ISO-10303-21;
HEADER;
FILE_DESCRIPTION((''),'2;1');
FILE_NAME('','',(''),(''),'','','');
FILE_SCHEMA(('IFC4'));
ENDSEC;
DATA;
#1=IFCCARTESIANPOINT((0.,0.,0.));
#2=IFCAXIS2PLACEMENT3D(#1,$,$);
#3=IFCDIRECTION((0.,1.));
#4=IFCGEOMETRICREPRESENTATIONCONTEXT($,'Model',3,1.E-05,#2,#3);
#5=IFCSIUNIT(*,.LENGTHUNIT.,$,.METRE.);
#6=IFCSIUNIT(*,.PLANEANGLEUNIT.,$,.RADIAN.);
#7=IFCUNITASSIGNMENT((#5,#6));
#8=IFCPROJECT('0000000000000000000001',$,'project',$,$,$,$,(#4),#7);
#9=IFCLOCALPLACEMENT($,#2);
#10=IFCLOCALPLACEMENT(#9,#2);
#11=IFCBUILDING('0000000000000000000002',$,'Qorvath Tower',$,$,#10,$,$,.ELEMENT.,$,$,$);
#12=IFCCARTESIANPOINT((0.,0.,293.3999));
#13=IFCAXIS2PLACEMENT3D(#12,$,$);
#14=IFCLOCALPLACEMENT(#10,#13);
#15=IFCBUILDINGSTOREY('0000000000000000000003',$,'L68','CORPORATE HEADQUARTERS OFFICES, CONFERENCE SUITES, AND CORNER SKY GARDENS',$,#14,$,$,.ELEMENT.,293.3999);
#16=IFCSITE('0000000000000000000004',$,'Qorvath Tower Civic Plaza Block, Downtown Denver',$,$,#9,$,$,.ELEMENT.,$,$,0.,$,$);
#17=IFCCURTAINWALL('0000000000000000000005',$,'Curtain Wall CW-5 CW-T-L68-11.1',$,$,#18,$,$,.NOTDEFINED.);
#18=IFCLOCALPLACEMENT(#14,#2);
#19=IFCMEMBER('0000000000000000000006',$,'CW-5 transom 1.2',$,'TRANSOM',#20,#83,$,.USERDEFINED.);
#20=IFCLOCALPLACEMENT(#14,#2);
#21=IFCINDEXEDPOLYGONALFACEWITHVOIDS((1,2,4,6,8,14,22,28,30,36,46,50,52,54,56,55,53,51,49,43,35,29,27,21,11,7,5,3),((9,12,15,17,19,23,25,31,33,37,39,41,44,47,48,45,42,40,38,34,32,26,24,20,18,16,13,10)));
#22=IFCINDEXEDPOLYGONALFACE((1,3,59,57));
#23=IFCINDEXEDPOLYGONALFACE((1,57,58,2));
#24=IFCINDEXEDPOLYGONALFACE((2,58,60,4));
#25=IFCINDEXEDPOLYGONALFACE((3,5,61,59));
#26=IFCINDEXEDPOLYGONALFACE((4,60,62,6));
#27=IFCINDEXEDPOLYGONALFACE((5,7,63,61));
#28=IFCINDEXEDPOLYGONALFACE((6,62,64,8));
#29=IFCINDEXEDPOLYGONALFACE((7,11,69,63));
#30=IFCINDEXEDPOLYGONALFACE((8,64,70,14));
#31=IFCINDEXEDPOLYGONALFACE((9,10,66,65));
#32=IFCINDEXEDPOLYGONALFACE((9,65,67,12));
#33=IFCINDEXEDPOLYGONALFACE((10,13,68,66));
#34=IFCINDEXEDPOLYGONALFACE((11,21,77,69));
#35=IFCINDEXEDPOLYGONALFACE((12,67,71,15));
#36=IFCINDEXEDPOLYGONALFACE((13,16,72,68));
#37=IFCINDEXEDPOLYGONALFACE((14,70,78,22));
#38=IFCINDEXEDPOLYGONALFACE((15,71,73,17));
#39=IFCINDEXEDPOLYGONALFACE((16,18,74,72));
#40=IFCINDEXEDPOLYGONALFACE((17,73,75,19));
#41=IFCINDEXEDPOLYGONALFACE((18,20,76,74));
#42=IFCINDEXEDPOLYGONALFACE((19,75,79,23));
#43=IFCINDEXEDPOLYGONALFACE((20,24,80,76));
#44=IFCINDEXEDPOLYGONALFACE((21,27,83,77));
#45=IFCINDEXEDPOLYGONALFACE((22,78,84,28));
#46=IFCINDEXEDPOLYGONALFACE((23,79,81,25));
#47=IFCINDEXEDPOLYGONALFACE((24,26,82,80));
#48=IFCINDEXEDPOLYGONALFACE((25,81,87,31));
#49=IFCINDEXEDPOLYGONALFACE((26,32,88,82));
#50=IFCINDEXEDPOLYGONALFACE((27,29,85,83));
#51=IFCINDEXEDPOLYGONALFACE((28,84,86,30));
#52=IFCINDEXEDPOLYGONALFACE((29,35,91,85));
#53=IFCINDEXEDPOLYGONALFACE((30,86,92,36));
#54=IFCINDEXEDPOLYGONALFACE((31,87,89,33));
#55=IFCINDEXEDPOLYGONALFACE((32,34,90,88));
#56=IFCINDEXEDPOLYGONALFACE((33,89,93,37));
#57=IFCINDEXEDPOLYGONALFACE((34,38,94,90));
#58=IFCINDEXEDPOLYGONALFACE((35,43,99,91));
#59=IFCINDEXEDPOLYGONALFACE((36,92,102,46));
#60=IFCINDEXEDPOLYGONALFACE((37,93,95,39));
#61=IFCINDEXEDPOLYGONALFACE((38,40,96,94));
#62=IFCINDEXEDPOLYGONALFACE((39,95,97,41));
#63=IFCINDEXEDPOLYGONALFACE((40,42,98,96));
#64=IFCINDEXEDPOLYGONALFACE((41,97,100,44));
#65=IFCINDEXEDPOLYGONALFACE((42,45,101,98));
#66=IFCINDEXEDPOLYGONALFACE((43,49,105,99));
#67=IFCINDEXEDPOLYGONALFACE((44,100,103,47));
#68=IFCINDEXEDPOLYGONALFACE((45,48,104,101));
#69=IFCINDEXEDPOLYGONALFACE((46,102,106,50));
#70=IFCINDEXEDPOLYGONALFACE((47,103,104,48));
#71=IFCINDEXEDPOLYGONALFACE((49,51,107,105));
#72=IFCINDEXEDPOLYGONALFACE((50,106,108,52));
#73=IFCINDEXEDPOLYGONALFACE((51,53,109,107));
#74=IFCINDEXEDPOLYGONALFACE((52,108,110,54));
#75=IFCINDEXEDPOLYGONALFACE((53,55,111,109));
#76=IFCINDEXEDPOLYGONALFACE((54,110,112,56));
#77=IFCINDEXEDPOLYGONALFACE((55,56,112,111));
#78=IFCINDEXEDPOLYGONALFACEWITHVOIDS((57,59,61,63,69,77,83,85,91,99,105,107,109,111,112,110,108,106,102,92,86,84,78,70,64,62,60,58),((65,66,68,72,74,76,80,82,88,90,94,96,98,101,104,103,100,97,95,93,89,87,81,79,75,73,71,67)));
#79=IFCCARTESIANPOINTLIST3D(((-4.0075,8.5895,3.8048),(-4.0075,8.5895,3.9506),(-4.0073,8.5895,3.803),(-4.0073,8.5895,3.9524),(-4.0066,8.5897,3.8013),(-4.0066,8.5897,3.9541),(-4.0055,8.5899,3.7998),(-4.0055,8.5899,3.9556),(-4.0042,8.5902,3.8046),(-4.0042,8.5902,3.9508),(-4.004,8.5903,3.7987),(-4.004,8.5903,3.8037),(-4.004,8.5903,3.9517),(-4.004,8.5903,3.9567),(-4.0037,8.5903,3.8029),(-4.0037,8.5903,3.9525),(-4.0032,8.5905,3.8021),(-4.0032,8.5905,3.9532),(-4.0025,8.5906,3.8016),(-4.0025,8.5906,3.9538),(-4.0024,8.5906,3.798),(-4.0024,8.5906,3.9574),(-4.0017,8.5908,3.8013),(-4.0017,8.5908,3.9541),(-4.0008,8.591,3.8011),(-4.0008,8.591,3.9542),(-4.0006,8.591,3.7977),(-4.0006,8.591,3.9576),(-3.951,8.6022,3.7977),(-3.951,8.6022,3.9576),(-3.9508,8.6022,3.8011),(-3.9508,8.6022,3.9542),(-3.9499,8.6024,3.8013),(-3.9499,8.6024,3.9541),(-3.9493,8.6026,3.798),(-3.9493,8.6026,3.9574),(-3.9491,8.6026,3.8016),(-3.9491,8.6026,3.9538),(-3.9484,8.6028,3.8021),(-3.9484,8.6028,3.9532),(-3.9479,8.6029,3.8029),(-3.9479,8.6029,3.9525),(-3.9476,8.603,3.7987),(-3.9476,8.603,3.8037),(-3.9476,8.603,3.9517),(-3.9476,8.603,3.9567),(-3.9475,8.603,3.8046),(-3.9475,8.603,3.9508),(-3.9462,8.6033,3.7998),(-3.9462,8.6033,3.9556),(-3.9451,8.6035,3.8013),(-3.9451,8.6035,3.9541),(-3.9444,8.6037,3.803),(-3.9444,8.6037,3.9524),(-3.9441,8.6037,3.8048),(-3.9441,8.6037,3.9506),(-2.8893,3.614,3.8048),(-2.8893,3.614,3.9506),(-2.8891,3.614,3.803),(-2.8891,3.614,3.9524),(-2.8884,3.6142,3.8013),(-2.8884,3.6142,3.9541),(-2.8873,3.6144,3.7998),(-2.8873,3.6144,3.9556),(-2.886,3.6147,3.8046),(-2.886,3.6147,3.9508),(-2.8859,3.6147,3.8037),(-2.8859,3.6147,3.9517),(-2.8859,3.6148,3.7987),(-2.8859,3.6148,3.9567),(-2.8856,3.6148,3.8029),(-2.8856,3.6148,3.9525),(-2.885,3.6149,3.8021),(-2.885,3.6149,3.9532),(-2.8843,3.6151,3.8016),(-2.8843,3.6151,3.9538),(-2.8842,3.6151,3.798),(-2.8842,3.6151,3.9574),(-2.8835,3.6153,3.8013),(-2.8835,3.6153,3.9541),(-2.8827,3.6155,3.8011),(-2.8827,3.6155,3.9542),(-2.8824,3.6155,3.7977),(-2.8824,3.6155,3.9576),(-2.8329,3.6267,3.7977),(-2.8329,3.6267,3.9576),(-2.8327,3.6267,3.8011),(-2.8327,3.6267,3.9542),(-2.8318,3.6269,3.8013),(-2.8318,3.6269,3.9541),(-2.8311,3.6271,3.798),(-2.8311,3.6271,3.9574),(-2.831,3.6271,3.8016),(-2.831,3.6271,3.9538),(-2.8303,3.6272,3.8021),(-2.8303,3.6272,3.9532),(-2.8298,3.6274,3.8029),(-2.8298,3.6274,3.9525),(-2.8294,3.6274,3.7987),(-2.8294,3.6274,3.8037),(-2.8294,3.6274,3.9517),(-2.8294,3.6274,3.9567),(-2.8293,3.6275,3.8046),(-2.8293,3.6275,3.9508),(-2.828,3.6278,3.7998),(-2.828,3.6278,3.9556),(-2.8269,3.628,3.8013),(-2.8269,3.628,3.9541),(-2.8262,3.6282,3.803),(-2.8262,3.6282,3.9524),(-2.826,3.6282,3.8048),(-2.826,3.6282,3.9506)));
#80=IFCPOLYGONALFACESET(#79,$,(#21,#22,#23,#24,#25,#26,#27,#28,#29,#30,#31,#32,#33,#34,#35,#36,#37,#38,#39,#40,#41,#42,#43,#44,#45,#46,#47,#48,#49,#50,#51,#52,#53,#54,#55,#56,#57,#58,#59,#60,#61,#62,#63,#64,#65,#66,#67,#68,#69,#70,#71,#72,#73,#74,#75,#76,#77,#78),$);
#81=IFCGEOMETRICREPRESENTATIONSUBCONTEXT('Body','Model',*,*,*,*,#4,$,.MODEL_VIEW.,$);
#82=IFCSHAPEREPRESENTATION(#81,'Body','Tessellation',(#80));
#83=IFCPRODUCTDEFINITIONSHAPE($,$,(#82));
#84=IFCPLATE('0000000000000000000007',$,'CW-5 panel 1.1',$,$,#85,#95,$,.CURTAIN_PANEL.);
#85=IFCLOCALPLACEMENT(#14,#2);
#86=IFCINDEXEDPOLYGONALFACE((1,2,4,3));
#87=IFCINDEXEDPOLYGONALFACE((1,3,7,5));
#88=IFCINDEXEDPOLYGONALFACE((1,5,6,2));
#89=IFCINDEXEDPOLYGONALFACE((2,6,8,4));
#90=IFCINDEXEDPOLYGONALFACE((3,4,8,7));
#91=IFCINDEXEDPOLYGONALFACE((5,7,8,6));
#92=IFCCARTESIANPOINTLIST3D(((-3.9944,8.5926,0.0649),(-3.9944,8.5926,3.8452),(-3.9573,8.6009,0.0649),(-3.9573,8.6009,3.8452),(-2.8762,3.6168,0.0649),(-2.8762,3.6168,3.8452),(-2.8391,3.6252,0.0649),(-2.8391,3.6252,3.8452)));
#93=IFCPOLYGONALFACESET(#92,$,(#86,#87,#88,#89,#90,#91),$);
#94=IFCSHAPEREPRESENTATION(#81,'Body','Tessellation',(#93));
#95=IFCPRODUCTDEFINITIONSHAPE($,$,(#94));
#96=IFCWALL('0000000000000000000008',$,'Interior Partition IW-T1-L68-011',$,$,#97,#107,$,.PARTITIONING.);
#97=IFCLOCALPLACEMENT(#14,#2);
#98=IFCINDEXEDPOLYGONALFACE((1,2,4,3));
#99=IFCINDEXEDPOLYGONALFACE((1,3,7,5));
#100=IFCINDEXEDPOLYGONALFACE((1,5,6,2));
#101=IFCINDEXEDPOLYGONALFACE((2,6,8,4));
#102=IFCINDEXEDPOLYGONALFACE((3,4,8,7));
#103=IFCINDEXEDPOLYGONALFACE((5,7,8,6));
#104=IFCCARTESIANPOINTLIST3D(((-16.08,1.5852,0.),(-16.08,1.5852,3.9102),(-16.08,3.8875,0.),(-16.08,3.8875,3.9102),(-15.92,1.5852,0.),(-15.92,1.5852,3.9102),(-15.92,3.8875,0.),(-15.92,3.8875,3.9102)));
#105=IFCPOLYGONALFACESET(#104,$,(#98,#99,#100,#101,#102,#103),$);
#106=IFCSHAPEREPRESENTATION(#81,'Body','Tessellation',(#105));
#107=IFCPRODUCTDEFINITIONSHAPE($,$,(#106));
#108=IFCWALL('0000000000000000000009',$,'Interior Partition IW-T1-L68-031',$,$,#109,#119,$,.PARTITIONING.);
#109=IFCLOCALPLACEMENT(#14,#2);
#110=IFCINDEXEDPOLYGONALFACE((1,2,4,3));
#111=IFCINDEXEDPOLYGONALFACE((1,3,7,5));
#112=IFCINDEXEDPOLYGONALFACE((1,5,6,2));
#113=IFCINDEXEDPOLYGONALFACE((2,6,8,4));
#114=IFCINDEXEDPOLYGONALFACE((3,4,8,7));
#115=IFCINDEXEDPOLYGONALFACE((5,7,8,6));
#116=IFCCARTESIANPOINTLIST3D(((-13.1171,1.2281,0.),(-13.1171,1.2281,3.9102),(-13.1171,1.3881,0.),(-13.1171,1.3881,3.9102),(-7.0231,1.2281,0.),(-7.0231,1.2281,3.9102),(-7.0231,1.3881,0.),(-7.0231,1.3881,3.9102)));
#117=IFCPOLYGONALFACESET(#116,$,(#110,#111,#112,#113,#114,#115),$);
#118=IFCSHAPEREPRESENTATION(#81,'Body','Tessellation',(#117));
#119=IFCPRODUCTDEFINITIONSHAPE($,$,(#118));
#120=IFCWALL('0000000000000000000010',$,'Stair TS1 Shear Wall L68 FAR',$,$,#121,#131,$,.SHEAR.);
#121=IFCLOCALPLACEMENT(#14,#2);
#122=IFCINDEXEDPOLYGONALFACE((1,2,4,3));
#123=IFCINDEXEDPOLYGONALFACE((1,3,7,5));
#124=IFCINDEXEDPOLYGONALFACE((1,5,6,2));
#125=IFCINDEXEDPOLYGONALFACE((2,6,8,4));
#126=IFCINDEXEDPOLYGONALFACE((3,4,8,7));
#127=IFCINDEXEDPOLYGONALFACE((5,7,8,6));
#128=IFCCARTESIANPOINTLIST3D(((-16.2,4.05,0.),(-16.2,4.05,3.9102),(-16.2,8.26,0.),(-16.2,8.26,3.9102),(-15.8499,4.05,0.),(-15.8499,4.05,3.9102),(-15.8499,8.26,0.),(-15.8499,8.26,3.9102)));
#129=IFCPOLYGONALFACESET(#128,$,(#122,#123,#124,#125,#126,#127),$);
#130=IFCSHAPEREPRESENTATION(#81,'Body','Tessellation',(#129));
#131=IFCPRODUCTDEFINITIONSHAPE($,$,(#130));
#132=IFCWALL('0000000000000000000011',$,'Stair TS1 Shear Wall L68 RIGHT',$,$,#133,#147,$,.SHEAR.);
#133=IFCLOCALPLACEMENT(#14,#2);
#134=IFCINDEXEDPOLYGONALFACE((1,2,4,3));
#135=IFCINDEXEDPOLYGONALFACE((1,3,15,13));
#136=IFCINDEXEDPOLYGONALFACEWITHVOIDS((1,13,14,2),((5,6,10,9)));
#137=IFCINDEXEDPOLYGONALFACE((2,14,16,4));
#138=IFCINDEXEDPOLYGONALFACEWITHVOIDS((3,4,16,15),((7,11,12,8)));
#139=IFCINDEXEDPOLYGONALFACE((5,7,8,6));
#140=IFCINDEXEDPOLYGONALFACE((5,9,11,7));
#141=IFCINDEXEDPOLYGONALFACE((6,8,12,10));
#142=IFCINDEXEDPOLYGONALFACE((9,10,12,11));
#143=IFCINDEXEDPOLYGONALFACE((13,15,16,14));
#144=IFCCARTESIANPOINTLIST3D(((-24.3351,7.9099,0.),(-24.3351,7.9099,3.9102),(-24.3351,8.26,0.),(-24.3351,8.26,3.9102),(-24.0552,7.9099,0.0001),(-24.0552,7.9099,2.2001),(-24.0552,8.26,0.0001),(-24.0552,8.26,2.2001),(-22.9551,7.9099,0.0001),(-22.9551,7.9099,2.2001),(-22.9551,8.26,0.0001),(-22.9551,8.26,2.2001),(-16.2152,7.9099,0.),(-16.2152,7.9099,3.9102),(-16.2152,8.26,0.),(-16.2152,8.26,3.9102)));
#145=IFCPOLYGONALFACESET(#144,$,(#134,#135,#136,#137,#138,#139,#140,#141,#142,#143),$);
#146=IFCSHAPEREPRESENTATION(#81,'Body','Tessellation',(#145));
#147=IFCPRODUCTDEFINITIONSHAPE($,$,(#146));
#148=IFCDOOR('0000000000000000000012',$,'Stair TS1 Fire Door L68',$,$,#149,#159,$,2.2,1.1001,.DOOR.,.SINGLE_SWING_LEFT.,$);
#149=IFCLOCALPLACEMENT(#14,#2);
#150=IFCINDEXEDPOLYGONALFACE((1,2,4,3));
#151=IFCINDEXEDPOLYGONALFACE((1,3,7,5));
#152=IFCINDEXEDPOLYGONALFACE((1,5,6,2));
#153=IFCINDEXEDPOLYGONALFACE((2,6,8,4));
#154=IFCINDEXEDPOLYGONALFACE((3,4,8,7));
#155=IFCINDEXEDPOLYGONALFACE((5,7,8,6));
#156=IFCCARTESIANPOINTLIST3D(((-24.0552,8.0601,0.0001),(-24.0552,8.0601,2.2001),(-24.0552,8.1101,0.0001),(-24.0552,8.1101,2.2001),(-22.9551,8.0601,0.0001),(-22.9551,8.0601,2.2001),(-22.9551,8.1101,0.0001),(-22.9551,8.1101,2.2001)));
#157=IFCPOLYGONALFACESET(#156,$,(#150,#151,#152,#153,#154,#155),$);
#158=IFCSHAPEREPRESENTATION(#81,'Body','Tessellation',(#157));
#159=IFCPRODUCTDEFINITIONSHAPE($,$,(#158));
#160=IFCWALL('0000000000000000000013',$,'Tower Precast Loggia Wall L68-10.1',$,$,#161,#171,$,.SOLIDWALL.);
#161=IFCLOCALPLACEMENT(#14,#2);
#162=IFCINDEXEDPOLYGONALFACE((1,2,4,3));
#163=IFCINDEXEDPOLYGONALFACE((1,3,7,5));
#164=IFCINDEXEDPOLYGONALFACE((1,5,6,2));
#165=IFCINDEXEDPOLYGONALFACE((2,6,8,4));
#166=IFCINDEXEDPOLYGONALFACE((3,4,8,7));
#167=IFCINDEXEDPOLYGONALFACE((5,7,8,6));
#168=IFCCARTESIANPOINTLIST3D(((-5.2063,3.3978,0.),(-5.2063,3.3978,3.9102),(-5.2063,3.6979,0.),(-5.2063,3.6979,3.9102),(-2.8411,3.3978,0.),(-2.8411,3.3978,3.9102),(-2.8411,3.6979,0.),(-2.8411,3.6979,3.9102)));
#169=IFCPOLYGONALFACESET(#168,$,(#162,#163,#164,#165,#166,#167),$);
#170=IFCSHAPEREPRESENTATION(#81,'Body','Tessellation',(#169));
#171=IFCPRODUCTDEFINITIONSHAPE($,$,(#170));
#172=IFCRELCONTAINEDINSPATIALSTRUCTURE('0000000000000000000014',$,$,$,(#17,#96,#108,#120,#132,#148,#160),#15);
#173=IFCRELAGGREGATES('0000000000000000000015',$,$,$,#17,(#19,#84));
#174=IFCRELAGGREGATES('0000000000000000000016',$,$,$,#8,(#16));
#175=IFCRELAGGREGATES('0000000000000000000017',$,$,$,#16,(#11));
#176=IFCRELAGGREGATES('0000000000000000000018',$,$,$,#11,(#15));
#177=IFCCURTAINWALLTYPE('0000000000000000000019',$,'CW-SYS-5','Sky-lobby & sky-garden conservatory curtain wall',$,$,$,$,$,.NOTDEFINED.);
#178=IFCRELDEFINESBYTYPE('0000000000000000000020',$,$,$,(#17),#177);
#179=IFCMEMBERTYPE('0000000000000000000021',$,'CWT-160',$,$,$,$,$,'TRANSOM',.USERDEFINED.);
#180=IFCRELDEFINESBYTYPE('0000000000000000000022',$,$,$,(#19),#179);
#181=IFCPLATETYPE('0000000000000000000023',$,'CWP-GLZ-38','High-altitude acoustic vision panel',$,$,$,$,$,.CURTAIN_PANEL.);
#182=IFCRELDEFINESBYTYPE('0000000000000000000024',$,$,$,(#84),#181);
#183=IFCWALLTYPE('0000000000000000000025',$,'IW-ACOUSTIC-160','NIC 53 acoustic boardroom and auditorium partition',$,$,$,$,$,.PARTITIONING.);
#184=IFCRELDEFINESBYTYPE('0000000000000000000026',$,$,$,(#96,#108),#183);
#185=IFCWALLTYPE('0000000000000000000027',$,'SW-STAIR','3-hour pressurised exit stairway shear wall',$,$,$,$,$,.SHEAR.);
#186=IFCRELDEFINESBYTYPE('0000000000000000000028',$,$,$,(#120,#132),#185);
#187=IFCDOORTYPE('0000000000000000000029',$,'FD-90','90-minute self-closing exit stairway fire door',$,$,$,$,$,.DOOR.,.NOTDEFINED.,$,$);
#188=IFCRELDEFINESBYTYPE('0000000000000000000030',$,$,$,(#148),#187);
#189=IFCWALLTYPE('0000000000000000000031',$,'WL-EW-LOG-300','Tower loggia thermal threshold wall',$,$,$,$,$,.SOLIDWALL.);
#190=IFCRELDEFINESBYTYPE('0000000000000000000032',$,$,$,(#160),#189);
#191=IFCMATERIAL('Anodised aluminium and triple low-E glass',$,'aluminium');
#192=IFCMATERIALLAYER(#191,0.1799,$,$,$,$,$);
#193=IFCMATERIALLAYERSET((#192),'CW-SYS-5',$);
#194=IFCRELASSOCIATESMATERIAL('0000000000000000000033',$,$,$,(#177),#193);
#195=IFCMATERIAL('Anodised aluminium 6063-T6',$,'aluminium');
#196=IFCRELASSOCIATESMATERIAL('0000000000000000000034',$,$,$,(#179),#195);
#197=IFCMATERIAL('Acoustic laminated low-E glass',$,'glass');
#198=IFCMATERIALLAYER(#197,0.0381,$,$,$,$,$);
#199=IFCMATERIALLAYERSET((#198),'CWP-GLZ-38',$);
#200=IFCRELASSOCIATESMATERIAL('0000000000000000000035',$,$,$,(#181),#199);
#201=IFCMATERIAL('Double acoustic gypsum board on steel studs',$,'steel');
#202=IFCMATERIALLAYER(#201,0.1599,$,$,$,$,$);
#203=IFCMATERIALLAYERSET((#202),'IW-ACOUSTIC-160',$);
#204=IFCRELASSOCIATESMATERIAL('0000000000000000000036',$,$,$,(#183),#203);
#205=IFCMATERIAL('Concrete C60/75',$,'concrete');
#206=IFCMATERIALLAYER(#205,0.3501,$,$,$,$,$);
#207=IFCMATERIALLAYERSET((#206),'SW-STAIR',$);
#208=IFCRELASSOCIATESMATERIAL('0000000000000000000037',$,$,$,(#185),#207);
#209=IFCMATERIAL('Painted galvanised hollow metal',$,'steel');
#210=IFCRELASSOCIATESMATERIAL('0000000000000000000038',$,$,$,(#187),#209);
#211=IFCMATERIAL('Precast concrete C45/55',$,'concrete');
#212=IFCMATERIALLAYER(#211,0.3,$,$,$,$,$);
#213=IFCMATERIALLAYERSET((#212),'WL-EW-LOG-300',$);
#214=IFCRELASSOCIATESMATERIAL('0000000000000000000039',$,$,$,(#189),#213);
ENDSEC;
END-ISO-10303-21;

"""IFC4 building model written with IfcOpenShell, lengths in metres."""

from ifc_helpers import new_model, si_unit, direction, frame, frame_2d, origin, origin_2d, place, context, subcontext, project, spatial, rectangle, hollow_rectangle, extrude, material, layer, layer_set, material_profile, profile_set, type_object, element, fill, aggregate, save


model = new_model("IFC4")

# Units and contexts
model_context = context("Model", 3, precision=1e-05, world=origin(), true_north=direction((0.0, 1.0)))
body_context = subcontext(model_context, "Body", "Model", "MODEL_VIEW")
ifc_project = project(units=[si_unit("LENGTHUNIT", "METRE"), si_unit("PLANEANGLEUNIT", "RADIAN")], contexts=[model_context])

# Site, building, storey
site_placement = place(None, origin())
site = spatial("IfcSite", under=ifc_project, at=site_placement, Name="Qorvath Tower Civic Plaza Block, Downtown Denver", CompositionType="ELEMENT", RefElevation=0.0)
building_placement = place(site_placement, origin())
building = spatial("IfcBuilding", under=site, at=building_placement, Name="Qorvath Tower", CompositionType="ELEMENT")
storey_placement = place(building_placement, frame((0.0, 0.0, 293.3999)))
storey = spatial("IfcBuildingStorey", under=building, at=storey_placement, Name="L68", Description="CORPORATE HEADQUARTERS OFFICES, CONFERENCE SUITES, AND CORNER SKY GARDENS", CompositionType="ELEMENT", Elevation=293.3999)

# Shared definitions
ifc_material_1 = material(Name="Anodised aluminium and triple low-E glass", Category="aluminium")
ifc_layer_1 = layer(ifc_material_1, 0.1799)
ifc_layer_set_1 = layer_set([ifc_layer_1], Name="CW-SYS-5")
curtain_wall_type = type_object("IfcCurtainWallType", Name="CW-SYS-5", Description="Sky-lobby & sky-garden conservatory curtain wall", PredefinedType="NOTDEFINED", material=ifc_layer_set_1)

# Curtain wall, member, plate
curtain_wall_1_placement = place(storey_placement, origin())
curtain_wall_1 = element("IfcCurtainWall", 1, at=curtain_wall_1_placement, inside=storey, type_object=curtain_wall_type, Name="Curtain Wall CW-5 CW-T-L68-11.1", PredefinedType="NOTDEFINED")
ifc_material_2 = material(Name="Anodised aluminium 6063-T6", Category="aluminium")
ifc_material_profile_1 = material_profile(ifc_material_2, hollow_rectangle(XDim=0.0649, YDim=0.1599, WallThickness=0.0034, InnerFilletRadius=0.0034, OuterFilletRadius=0.0071, at=origin_2d()), Name="CWT 160x65")
ifc_profile_set_1 = profile_set([ifc_material_profile_1], Name="Anodised aluminium 6063-T6")
member_type_1 = type_object("IfcMemberType", Name="CWT-160", ElementType="TRANSOM", PredefinedType="USERDEFINED", material=ifc_profile_set_1)
member_1_placement = place(storey_placement, frame((-2.8577, 3.6211, 3.8777), z_axis=(-0.219262, 0.975666, 0.0), x_axis=(-0.975666, -0.219262, 0.0)))
member_1 = element("IfcMember", 2, at=member_1_placement, type_object=member_type_1, Name="CW-5 transom 1.2", ObjectType="TRANSOM", PredefinedType="USERDEFINED", context=body_context, shape_type="SweptSolid", body=[
    extrude(hollow_rectangle(XDim=0.0649, YDim=0.1599, WallThickness=0.0034, InnerFilletRadius=0.0034, OuterFilletRadius=0.0071, at=origin_2d()), origin(), (0.0, 0.0, 1.0), 5.0996),
])
ifc_material_3 = material(Name="Acoustic laminated low-E glass", Category="glass")
ifc_layer_2 = layer(ifc_material_3, 0.0381)
ifc_layer_set_2 = layer_set([ifc_layer_2], Name="CWP-GLZ-38")
plate_type = type_object("IfcPlateType", Name="CWP-GLZ-38", Description="High-altitude acoustic vision panel", PredefinedType="CURTAIN_PANEL", material=ifc_layer_set_2)
plate_placement = place(storey_placement, frame((-3.4167, 6.1089, 0.0649), z_axis=(0.0, 0.0, 1.0), x_axis=(-0.219267, 0.975665, 0.0)))
plate = element("IfcPlate", 3, at=plate_placement, type_object=plate_type, Name="CW-5 panel 1.1", PredefinedType="CURTAIN_PANEL", context=body_context, shape_type="SweptSolid", body=[
    extrude(rectangle(XDim=5.0999, YDim=0.0381, at=origin_2d()), origin(), (0.0, 0.0, 1.0), 3.7803),
])
aggregate(curtain_wall_1, [member_1, plate])

# Walls
ifc_material_4 = material(Name="Double acoustic gypsum board on steel studs", Category="steel")
ifc_layer_3 = layer(ifc_material_4, 0.1599)
ifc_layer_set_3 = layer_set([ifc_layer_3], Name="IW-ACOUSTIC-160")
wall_type_1 = type_object("IfcWallType", Name="IW-ACOUSTIC-160", Description="NIC 53 acoustic boardroom and auditorium partition", PredefinedType="PARTITIONING", material=ifc_layer_set_3)
wall_1_placement = place(storey_placement, frame((-16.0, 1.5852, 0.0), z_axis=(0.0, 0.0, 1.0), x_axis=(0.0, 1.0, 0.0)))
element("IfcWall", 4, at=wall_1_placement, inside=storey, type_object=wall_type_1, Name="Interior Partition IW-T1-L68-011", PredefinedType="PARTITIONING", context=body_context, shape_type="SweptSolid", body=[
    extrude(rectangle(XDim=2.3022, YDim=0.1599, at=frame_2d((1.1511, 0.0))), origin(), (0.0, 0.0, 1.0), 3.9102),
])
wall_2_placement = place(storey_placement, frame((-7.0232, 1.3081, 0.0), z_axis=(0.0, 0.0, 1.0), x_axis=(-1.0, 0.0, 0.0)))
element("IfcWall", 5, at=wall_2_placement, inside=storey, type_object=wall_type_1, Name="Interior Partition IW-T1-L68-031", PredefinedType="PARTITIONING", context=body_context, shape_type="SweptSolid", body=[
    extrude(rectangle(XDim=6.094, YDim=0.1599, at=frame_2d((3.0469, 0.0))), origin(), (0.0, 0.0, 1.0), 3.9102),
])
ifc_material_5 = material(Name="Concrete C60/75", Category="concrete")
ifc_layer_4 = layer(ifc_material_5, 0.3501)
ifc_layer_set_4 = layer_set([ifc_layer_4], Name="SW-STAIR")
wall_type_2 = type_object("IfcWallType", Name="SW-STAIR", Description="3-hour pressurised exit stairway shear wall", PredefinedType="SHEAR", material=ifc_layer_set_4)
wall_3_placement = place(storey_placement, frame((-16.0249, 4.05, 0.0), z_axis=(0.0, 0.0, 1.0), x_axis=(0.0, 1.0, 0.0)))
element("IfcWall", 6, at=wall_3_placement, inside=storey, type_object=wall_type_2, Name="Stair TS1 Shear Wall L68 FAR", PredefinedType="SHEAR", context=body_context, shape_type="SweptSolid", body=[
    extrude(rectangle(XDim=4.21, YDim=0.3501, at=frame_2d((2.105, 0.0))), origin(), (0.0, 0.0, 1.0), 3.9102),
])

# Wall, opening, door
wall_4_placement = place(storey_placement, frame((-16.2151, 8.085, 0.0), z_axis=(0.0, 0.0, 1.0), x_axis=(-1.0, 0.0, 0.0)))
wall_4 = element("IfcWall", 7, at=wall_4_placement, inside=storey, type_object=wall_type_2, Name="Stair TS1 Shear Wall L68 RIGHT", PredefinedType="SHEAR", context=body_context, shape_type="SweptSolid", body=[
    extrude(rectangle(XDim=8.1199, YDim=0.3501, at=frame_2d((4.0601, 0.0))), origin(), (0.0, 0.0, 1.0), 3.9102),
])
opening_placement = place(wall_4_placement, frame((6.74, 0.0, 0.0)))
opening = element("IfcOpeningElement", 8, at=opening_placement, cuts=wall_4, PredefinedType="OPENING", context=body_context, shape_type="SweptSolid", body=[
    extrude(rectangle(XDim=1.1001, YDim=2.2, at=frame_2d((0.55, 1.1001))), frame((0.0, 0.1851, 0.0), z_axis=(0.0, -1.0, 0.0), x_axis=(1.0, 0.0, 0.0)), (0.0, 0.0, 1.0), 0.3701),
])
ifc_material_6 = material(Name="Painted galvanised hollow metal", Category="steel")
door_type = type_object("IfcDoorType", Name="FD-90", Description="90-minute self-closing exit stairway fire door", OperationType="NOTDEFINED", PredefinedType="DOOR", material=ifc_material_6)
door_placement = place(opening_placement, origin())
door = element("IfcDoor", 9, at=door_placement, inside=storey, type_object=door_type, Name="Stair TS1 Fire Door L68", OperationType="SINGLE_SWING_LEFT", OverallHeight=2.2, OverallWidth=1.1001, PredefinedType="DOOR", context=body_context, shape_type="SweptSolid", body=[
    extrude(rectangle(XDim=1.1001, YDim=2.2, at=frame_2d((0.55, 1.1001))), frame((0.0, 0.0249, 0.0), z_axis=(0.0, -1.0, 0.0), x_axis=(1.0, 0.0, 0.0)), (0.0, 0.0, 1.0), 0.05),
])
fill(opening, door)

# Wall
ifc_material_7 = material(Name="Precast concrete C45/55", Category="concrete")
ifc_layer_5 = layer(ifc_material_7, 0.3)
ifc_layer_set_5 = layer_set([ifc_layer_5], Name="WL-EW-LOG-300")
wall_type_3 = type_object("IfcWallType", Name="WL-EW-LOG-300", Description="Tower loggia thermal threshold wall", PredefinedType="SOLIDWALL", material=ifc_layer_set_5)
wall_5_placement = place(storey_placement, frame((-5.2063, 3.5479, 0.0), z_axis=(0.0, 0.0, 1.0), x_axis=(1.0, 0.0, 0.0)))
element("IfcWall", 10, at=wall_5_placement, inside=storey, type_object=wall_type_3, Name="Tower Precast Loggia Wall L68-10.1", PredefinedType="SOLIDWALL", context=body_context, shape_type="SweptSolid", body=[
    extrude(rectangle(XDim=2.3652, YDim=0.3, at=frame_2d((1.1826, 0.0))), origin(), (0.0, 0.0, 1.0), 3.9102),
])

save(model, "model.ifc")
